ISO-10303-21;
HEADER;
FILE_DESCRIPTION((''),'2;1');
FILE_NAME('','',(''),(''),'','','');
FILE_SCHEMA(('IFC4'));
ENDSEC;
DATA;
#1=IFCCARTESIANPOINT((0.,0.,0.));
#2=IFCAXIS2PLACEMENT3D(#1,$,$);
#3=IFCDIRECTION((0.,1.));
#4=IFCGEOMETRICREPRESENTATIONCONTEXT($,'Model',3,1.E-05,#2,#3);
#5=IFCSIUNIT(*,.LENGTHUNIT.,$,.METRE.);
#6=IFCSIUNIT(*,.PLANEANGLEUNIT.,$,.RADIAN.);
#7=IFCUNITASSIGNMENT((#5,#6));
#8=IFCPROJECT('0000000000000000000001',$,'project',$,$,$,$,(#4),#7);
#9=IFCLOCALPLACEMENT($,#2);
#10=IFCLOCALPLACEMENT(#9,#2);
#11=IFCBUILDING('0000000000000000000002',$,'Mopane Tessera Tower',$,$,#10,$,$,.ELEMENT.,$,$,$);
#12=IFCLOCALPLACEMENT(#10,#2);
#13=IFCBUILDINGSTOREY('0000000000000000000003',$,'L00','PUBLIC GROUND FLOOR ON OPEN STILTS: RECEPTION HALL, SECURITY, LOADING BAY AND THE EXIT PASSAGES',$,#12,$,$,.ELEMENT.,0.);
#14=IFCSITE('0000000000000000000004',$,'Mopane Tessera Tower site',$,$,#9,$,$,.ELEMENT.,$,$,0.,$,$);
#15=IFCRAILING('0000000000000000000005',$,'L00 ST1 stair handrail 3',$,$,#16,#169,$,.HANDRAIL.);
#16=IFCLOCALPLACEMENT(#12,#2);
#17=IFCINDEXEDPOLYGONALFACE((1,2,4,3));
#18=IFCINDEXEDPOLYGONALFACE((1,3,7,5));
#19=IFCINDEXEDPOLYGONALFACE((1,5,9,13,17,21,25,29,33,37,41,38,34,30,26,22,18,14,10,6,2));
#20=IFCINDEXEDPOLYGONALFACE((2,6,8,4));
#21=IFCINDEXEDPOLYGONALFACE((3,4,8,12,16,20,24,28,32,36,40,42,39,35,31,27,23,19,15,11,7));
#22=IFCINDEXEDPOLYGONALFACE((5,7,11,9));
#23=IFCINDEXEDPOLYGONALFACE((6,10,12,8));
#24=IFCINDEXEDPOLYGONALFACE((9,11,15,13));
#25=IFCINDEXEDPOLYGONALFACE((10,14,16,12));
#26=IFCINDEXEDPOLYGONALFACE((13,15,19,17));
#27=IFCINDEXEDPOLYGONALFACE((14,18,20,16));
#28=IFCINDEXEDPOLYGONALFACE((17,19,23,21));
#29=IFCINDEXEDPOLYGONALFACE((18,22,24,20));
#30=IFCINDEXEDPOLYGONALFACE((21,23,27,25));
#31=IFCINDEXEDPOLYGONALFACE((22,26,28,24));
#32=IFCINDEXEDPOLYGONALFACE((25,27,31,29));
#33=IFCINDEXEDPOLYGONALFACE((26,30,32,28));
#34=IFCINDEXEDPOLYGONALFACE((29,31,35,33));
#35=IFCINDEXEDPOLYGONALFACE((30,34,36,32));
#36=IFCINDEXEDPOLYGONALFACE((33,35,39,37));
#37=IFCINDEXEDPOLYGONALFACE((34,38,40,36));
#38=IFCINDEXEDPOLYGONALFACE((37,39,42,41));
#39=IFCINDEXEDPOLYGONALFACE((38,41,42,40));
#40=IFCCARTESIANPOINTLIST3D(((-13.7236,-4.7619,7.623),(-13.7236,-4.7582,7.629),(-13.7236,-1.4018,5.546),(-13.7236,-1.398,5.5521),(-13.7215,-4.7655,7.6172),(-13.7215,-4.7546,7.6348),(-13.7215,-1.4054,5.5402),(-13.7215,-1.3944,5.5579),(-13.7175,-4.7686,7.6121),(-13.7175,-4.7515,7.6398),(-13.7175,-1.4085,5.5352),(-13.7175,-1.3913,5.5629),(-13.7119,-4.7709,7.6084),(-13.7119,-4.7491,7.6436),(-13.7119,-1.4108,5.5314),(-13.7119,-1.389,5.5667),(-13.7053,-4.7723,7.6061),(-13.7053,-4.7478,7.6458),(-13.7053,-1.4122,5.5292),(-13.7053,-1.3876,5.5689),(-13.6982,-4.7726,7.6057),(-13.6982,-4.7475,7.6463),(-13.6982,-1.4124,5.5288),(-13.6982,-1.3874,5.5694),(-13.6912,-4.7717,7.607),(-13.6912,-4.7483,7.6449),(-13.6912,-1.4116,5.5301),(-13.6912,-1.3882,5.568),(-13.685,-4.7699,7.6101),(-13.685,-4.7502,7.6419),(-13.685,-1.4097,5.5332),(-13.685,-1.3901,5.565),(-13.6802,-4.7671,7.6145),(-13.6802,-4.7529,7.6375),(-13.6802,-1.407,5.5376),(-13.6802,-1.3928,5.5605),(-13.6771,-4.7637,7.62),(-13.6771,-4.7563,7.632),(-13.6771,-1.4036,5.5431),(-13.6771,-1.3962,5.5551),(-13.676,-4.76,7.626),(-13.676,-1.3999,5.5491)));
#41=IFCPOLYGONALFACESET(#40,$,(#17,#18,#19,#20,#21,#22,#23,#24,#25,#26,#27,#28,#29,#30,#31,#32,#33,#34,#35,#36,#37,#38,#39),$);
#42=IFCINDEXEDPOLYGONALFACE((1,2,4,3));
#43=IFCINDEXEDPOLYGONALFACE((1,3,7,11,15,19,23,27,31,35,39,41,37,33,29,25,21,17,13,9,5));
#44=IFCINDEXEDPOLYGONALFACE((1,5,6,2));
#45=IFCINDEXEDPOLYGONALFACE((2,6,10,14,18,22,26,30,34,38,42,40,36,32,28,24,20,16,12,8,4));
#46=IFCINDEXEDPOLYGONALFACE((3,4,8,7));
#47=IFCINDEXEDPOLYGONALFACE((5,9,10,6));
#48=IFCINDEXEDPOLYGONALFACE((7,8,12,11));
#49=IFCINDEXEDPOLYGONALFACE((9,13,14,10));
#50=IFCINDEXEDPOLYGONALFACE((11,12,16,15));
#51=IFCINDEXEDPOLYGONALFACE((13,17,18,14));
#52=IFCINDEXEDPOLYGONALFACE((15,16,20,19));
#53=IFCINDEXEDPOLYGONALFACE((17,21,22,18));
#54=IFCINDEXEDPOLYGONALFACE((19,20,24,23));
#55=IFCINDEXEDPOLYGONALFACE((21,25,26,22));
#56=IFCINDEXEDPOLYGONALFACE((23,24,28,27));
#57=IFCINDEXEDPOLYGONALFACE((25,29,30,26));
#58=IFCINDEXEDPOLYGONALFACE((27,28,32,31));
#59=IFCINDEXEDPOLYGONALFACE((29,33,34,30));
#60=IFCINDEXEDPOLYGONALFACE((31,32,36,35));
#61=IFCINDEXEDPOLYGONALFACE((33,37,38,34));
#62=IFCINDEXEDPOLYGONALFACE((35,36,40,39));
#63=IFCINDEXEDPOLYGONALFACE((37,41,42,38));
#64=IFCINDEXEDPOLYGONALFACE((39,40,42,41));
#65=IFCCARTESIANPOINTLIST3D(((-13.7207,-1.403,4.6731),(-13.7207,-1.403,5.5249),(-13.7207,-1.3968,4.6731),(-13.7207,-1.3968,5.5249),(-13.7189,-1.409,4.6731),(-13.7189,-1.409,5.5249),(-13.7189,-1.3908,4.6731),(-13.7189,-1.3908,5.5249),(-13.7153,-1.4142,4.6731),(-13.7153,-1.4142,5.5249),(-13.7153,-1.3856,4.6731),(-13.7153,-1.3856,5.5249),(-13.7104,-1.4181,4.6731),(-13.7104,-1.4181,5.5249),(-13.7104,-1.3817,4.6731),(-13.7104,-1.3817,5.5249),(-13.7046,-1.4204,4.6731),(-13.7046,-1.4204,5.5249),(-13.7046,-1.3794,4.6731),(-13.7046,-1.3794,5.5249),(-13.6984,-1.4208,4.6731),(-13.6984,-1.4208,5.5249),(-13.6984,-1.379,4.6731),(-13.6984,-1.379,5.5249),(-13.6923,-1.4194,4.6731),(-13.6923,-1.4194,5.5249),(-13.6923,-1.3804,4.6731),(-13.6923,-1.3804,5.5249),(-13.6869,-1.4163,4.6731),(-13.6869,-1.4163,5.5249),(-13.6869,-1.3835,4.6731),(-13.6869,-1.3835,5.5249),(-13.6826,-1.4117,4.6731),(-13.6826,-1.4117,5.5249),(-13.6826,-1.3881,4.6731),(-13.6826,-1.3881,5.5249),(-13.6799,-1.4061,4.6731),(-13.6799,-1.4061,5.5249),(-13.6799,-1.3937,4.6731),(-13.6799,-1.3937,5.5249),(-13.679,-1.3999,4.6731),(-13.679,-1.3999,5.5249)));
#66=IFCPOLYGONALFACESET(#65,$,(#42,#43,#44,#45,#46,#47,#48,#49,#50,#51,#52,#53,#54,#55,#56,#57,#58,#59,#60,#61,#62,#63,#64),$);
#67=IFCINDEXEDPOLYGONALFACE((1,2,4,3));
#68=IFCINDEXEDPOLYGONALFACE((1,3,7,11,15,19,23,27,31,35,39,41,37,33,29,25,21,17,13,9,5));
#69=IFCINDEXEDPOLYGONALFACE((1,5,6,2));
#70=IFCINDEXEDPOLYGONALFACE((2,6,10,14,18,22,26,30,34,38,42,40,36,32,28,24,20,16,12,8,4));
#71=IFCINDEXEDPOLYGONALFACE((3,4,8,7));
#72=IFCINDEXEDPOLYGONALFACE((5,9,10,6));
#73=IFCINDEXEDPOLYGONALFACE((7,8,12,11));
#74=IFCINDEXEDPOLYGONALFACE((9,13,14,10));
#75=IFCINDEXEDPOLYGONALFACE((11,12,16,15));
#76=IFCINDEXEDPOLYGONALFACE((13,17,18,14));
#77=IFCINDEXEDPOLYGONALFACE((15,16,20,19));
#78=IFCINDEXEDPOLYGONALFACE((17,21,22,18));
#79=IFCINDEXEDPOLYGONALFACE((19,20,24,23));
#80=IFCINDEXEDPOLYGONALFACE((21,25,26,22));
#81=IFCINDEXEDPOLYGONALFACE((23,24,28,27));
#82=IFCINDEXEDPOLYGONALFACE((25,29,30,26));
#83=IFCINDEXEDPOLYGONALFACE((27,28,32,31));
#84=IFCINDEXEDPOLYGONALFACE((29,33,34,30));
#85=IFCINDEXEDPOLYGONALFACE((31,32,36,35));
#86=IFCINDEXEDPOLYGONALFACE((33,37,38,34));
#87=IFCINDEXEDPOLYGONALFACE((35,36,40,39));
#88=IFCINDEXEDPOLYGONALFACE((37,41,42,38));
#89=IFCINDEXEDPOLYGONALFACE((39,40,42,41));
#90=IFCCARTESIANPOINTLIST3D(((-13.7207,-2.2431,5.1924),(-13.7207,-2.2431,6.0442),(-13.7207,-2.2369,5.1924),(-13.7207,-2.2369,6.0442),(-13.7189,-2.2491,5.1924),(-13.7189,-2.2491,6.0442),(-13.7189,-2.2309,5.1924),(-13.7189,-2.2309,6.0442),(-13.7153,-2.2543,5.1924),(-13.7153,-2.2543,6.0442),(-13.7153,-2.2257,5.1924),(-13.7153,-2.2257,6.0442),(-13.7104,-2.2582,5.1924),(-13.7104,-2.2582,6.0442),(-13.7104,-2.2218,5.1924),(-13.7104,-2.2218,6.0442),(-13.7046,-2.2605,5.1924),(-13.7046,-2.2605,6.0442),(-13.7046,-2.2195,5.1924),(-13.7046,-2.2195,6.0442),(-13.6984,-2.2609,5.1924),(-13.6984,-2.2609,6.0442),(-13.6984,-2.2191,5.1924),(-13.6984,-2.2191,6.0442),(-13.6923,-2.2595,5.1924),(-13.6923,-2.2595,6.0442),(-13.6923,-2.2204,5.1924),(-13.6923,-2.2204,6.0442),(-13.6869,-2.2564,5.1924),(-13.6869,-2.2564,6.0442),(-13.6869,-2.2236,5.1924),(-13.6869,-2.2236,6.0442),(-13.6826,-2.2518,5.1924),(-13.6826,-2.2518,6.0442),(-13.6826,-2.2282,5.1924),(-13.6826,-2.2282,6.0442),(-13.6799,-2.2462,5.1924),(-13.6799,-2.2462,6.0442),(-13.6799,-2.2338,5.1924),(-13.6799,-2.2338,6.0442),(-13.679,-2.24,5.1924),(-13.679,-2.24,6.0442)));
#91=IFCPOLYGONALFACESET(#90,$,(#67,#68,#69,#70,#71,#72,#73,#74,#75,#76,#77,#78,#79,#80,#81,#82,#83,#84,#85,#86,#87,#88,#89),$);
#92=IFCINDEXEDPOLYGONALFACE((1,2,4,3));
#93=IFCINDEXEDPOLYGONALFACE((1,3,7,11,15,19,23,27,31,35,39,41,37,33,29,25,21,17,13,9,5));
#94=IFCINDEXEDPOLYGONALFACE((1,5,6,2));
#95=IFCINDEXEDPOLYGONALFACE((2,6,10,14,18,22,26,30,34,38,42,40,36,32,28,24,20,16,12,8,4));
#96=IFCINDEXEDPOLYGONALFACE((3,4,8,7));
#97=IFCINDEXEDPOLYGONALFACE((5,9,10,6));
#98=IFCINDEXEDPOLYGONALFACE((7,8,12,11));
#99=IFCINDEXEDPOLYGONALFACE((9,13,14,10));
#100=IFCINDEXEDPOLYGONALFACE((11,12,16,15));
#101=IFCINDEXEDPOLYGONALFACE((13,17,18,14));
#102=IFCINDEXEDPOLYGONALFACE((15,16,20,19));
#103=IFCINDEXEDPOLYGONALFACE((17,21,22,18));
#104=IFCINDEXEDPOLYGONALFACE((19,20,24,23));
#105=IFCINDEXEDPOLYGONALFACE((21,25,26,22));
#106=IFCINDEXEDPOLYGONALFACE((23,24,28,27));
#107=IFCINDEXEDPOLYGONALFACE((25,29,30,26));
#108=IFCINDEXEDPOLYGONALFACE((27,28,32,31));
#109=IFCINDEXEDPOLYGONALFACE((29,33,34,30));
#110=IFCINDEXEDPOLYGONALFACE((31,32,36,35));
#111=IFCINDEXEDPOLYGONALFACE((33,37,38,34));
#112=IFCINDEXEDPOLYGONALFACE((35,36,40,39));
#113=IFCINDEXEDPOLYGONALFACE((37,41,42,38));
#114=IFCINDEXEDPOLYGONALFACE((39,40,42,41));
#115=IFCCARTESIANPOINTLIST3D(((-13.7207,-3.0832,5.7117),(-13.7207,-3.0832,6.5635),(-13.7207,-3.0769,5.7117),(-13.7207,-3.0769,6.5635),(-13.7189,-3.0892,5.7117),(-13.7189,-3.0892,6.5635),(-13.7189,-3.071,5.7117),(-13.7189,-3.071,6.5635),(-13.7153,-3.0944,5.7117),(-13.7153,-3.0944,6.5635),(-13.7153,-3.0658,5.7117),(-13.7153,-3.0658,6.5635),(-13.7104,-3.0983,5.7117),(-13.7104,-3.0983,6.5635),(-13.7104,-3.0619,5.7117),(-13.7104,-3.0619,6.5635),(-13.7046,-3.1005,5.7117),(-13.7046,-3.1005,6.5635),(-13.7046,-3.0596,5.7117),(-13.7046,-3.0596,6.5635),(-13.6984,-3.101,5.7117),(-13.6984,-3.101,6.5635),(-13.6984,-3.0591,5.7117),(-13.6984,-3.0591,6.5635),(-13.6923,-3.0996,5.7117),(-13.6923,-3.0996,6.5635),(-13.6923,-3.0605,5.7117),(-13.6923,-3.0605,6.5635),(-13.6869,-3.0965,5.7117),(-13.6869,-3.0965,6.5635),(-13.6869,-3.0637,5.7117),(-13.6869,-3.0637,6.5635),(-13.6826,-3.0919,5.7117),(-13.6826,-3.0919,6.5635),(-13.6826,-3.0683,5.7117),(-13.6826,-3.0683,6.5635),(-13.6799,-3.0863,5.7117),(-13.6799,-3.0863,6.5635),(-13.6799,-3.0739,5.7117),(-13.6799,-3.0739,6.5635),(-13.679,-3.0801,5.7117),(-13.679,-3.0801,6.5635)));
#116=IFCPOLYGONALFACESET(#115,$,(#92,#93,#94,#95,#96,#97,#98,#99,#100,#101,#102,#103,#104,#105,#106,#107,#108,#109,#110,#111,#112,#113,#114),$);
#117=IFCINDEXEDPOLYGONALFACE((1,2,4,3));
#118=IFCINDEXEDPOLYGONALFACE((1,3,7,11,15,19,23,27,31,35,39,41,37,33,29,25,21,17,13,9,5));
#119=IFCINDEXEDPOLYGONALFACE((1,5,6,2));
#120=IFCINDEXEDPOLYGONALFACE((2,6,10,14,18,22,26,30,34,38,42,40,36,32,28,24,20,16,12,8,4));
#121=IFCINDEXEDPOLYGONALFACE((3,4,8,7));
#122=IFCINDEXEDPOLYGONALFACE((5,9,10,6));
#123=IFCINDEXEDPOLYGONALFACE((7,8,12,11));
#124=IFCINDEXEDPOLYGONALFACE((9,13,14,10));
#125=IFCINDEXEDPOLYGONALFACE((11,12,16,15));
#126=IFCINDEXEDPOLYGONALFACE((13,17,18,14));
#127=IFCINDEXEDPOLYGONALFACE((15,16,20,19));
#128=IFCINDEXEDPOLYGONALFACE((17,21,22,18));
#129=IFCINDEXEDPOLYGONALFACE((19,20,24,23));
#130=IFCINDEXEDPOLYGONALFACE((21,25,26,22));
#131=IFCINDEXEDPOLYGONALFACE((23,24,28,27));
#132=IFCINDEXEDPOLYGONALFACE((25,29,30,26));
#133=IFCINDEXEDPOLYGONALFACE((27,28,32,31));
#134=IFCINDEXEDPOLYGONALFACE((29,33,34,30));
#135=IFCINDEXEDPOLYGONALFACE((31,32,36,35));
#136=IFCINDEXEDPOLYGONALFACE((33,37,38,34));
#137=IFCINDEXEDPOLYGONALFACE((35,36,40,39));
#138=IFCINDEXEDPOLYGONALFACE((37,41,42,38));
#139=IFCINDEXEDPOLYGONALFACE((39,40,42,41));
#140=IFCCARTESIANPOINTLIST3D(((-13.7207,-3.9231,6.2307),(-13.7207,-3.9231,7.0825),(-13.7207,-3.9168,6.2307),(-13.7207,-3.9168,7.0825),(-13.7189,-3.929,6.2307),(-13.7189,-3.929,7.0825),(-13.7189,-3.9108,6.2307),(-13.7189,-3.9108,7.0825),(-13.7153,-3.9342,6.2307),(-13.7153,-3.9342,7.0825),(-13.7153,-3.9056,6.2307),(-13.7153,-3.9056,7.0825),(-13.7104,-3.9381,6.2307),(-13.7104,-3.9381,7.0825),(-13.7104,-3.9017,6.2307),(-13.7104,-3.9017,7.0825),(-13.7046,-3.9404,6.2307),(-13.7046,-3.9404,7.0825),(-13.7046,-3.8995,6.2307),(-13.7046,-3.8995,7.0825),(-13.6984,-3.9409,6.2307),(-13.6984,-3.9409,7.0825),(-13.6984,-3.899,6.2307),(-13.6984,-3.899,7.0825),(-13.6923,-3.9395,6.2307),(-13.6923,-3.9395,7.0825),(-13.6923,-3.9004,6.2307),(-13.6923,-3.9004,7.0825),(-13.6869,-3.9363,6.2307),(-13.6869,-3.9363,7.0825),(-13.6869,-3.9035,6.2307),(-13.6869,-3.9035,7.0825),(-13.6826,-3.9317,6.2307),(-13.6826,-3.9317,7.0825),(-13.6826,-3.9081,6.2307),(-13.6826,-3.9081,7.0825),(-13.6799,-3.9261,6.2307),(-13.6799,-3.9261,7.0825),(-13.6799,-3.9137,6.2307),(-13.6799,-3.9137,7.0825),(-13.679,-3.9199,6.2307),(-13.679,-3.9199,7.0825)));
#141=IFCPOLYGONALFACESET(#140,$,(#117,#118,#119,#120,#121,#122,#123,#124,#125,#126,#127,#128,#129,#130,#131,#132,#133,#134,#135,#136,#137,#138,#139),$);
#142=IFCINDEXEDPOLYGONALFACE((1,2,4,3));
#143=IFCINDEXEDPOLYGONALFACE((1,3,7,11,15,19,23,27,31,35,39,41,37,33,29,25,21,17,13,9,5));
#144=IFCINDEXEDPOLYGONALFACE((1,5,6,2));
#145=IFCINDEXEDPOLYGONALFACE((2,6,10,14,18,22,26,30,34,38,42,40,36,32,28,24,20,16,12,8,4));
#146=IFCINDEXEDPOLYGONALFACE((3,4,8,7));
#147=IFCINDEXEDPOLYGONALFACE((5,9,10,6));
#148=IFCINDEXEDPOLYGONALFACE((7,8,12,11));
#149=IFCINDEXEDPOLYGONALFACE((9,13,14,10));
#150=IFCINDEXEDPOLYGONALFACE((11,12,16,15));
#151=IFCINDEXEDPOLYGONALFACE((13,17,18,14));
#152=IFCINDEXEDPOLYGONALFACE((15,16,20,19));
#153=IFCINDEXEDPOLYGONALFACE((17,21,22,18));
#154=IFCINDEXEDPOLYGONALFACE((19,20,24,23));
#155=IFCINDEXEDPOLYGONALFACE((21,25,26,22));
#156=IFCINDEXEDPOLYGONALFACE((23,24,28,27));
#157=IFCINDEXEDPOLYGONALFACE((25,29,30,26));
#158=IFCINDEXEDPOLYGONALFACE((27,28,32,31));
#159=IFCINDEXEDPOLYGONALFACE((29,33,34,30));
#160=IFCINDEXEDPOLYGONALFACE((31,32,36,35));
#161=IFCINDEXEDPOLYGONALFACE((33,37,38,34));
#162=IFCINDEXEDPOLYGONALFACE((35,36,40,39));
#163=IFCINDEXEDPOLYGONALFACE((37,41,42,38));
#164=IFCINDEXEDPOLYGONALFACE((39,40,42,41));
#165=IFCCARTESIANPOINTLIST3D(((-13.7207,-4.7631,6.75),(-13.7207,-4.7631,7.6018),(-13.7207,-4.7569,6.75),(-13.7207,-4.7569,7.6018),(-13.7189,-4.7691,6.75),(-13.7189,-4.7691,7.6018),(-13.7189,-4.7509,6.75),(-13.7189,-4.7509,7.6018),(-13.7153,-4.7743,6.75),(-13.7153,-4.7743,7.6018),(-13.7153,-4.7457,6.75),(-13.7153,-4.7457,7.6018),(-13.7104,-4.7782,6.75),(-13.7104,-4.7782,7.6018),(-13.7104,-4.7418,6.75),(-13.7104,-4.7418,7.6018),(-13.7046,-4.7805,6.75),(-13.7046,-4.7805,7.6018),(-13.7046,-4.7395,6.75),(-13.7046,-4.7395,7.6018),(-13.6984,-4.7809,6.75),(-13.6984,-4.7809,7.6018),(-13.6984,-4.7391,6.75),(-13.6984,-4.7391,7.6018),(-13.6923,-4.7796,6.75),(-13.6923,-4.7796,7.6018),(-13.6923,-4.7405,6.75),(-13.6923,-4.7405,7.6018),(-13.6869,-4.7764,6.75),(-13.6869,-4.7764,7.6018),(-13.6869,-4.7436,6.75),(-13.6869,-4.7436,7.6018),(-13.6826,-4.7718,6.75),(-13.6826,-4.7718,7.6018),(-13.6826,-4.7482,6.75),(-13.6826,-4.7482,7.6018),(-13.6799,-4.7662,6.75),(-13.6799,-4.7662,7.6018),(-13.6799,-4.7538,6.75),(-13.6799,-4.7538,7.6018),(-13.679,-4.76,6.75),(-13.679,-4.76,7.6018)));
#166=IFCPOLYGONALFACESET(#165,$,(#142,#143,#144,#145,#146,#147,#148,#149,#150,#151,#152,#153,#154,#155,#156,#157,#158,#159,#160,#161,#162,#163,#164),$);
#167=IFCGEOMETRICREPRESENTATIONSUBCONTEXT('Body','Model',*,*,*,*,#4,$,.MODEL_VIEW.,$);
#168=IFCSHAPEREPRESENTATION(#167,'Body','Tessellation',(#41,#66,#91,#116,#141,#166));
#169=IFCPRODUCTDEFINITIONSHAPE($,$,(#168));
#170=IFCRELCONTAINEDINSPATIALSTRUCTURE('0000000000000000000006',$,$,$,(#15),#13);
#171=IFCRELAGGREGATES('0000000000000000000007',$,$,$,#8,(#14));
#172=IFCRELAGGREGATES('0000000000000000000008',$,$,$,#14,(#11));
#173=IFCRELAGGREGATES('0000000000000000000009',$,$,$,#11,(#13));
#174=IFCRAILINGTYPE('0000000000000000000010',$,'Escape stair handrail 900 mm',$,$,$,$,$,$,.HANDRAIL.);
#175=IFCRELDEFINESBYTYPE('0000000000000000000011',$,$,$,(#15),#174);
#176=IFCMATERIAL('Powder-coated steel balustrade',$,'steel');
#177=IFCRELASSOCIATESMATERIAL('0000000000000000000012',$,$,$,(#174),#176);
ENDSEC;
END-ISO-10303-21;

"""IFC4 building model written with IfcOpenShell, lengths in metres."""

from ifc_helpers import new_model, si_unit, direction, frame, origin, origin_2d, place, context, subcontext, project, spatial, circle, extrude, material, type_object, element, save


model = new_model("IFC4")

# Units and contexts
model_context = context("Model", 3, precision=1e-05, world=origin(), true_north=direction((0.0, 1.0)))
body_context = subcontext(model_context, "Body", "Model", "MODEL_VIEW")
ifc_project = project(units=[si_unit("LENGTHUNIT", "METRE"), si_unit("PLANEANGLEUNIT", "RADIAN")], contexts=[model_context])

# Site, building, storey
site_placement = place(None, origin())
site = spatial("IfcSite", under=ifc_project, at=site_placement, Name="Mopane Tessera Tower site", CompositionType="ELEMENT", RefElevation=0.0)
building_placement = place(site_placement, origin())
building = spatial("IfcBuilding", under=site, at=building_placement, Name="Mopane Tessera Tower", CompositionType="ELEMENT")
storey_placement = place(building_placement, origin())
storey = spatial("IfcBuildingStorey", under=building, at=storey_placement, Name="L00", Description="PUBLIC GROUND FLOOR ON OPEN STILTS: RECEPTION HALL, SECURITY, LOADING BAY AND THE EXIT PASSAGES", CompositionType="ELEMENT", Elevation=0.0)

# Railing
ifc_material_1 = material(Name="Powder-coated steel balustrade", Category="steel")
railing_type_1 = type_object("IfcRailingType", Name="Escape stair handrail 900 mm", PredefinedType="HANDRAIL", material=ifc_material_1)
railing_1_placement = place(storey_placement, frame((-13.7, -1.3999, 4.6731)))
element("IfcRailing", 1, at=railing_1_placement, inside=storey, type_object=railing_type_1, Name="L00 ST1 stair handrail 3", PredefinedType="HANDRAIL", context=body_context, shape_type="SweptSolid", body=[
    extrude(circle(Radius=0.0239, at=origin_2d()), frame((0.0, 0.0, 0.876), z_axis=(0.0, -0.850623, 0.525776), x_axis=(1.0, 0.0, 0.0)), (0.0, 0.0, 1.0), 3.9502),
    extrude(circle(Radius=0.021, at=origin_2d()), origin(), (0.0, 0.0, 1.0), 0.8518),
    extrude(circle(Radius=0.021, at=origin_2d()), frame((0.0, -0.8401, 0.5193)), (0.0, 0.0, 1.0), 0.8518),
    extrude(circle(Radius=0.021, at=origin_2d()), frame((0.0, -1.6802, 1.0386)), (0.0, 0.0, 1.0), 0.8518),
    extrude(circle(Radius=0.021, at=origin_2d()), frame((0.0, -2.52, 1.5576)), (0.0, 0.0, 1.0), 0.8518),
    extrude(circle(Radius=0.021, at=origin_2d()), frame((0.0, -3.3601, 2.0769)), (0.0, 0.0, 1.0), 0.8518),
])

save(model, "model.ifc")
